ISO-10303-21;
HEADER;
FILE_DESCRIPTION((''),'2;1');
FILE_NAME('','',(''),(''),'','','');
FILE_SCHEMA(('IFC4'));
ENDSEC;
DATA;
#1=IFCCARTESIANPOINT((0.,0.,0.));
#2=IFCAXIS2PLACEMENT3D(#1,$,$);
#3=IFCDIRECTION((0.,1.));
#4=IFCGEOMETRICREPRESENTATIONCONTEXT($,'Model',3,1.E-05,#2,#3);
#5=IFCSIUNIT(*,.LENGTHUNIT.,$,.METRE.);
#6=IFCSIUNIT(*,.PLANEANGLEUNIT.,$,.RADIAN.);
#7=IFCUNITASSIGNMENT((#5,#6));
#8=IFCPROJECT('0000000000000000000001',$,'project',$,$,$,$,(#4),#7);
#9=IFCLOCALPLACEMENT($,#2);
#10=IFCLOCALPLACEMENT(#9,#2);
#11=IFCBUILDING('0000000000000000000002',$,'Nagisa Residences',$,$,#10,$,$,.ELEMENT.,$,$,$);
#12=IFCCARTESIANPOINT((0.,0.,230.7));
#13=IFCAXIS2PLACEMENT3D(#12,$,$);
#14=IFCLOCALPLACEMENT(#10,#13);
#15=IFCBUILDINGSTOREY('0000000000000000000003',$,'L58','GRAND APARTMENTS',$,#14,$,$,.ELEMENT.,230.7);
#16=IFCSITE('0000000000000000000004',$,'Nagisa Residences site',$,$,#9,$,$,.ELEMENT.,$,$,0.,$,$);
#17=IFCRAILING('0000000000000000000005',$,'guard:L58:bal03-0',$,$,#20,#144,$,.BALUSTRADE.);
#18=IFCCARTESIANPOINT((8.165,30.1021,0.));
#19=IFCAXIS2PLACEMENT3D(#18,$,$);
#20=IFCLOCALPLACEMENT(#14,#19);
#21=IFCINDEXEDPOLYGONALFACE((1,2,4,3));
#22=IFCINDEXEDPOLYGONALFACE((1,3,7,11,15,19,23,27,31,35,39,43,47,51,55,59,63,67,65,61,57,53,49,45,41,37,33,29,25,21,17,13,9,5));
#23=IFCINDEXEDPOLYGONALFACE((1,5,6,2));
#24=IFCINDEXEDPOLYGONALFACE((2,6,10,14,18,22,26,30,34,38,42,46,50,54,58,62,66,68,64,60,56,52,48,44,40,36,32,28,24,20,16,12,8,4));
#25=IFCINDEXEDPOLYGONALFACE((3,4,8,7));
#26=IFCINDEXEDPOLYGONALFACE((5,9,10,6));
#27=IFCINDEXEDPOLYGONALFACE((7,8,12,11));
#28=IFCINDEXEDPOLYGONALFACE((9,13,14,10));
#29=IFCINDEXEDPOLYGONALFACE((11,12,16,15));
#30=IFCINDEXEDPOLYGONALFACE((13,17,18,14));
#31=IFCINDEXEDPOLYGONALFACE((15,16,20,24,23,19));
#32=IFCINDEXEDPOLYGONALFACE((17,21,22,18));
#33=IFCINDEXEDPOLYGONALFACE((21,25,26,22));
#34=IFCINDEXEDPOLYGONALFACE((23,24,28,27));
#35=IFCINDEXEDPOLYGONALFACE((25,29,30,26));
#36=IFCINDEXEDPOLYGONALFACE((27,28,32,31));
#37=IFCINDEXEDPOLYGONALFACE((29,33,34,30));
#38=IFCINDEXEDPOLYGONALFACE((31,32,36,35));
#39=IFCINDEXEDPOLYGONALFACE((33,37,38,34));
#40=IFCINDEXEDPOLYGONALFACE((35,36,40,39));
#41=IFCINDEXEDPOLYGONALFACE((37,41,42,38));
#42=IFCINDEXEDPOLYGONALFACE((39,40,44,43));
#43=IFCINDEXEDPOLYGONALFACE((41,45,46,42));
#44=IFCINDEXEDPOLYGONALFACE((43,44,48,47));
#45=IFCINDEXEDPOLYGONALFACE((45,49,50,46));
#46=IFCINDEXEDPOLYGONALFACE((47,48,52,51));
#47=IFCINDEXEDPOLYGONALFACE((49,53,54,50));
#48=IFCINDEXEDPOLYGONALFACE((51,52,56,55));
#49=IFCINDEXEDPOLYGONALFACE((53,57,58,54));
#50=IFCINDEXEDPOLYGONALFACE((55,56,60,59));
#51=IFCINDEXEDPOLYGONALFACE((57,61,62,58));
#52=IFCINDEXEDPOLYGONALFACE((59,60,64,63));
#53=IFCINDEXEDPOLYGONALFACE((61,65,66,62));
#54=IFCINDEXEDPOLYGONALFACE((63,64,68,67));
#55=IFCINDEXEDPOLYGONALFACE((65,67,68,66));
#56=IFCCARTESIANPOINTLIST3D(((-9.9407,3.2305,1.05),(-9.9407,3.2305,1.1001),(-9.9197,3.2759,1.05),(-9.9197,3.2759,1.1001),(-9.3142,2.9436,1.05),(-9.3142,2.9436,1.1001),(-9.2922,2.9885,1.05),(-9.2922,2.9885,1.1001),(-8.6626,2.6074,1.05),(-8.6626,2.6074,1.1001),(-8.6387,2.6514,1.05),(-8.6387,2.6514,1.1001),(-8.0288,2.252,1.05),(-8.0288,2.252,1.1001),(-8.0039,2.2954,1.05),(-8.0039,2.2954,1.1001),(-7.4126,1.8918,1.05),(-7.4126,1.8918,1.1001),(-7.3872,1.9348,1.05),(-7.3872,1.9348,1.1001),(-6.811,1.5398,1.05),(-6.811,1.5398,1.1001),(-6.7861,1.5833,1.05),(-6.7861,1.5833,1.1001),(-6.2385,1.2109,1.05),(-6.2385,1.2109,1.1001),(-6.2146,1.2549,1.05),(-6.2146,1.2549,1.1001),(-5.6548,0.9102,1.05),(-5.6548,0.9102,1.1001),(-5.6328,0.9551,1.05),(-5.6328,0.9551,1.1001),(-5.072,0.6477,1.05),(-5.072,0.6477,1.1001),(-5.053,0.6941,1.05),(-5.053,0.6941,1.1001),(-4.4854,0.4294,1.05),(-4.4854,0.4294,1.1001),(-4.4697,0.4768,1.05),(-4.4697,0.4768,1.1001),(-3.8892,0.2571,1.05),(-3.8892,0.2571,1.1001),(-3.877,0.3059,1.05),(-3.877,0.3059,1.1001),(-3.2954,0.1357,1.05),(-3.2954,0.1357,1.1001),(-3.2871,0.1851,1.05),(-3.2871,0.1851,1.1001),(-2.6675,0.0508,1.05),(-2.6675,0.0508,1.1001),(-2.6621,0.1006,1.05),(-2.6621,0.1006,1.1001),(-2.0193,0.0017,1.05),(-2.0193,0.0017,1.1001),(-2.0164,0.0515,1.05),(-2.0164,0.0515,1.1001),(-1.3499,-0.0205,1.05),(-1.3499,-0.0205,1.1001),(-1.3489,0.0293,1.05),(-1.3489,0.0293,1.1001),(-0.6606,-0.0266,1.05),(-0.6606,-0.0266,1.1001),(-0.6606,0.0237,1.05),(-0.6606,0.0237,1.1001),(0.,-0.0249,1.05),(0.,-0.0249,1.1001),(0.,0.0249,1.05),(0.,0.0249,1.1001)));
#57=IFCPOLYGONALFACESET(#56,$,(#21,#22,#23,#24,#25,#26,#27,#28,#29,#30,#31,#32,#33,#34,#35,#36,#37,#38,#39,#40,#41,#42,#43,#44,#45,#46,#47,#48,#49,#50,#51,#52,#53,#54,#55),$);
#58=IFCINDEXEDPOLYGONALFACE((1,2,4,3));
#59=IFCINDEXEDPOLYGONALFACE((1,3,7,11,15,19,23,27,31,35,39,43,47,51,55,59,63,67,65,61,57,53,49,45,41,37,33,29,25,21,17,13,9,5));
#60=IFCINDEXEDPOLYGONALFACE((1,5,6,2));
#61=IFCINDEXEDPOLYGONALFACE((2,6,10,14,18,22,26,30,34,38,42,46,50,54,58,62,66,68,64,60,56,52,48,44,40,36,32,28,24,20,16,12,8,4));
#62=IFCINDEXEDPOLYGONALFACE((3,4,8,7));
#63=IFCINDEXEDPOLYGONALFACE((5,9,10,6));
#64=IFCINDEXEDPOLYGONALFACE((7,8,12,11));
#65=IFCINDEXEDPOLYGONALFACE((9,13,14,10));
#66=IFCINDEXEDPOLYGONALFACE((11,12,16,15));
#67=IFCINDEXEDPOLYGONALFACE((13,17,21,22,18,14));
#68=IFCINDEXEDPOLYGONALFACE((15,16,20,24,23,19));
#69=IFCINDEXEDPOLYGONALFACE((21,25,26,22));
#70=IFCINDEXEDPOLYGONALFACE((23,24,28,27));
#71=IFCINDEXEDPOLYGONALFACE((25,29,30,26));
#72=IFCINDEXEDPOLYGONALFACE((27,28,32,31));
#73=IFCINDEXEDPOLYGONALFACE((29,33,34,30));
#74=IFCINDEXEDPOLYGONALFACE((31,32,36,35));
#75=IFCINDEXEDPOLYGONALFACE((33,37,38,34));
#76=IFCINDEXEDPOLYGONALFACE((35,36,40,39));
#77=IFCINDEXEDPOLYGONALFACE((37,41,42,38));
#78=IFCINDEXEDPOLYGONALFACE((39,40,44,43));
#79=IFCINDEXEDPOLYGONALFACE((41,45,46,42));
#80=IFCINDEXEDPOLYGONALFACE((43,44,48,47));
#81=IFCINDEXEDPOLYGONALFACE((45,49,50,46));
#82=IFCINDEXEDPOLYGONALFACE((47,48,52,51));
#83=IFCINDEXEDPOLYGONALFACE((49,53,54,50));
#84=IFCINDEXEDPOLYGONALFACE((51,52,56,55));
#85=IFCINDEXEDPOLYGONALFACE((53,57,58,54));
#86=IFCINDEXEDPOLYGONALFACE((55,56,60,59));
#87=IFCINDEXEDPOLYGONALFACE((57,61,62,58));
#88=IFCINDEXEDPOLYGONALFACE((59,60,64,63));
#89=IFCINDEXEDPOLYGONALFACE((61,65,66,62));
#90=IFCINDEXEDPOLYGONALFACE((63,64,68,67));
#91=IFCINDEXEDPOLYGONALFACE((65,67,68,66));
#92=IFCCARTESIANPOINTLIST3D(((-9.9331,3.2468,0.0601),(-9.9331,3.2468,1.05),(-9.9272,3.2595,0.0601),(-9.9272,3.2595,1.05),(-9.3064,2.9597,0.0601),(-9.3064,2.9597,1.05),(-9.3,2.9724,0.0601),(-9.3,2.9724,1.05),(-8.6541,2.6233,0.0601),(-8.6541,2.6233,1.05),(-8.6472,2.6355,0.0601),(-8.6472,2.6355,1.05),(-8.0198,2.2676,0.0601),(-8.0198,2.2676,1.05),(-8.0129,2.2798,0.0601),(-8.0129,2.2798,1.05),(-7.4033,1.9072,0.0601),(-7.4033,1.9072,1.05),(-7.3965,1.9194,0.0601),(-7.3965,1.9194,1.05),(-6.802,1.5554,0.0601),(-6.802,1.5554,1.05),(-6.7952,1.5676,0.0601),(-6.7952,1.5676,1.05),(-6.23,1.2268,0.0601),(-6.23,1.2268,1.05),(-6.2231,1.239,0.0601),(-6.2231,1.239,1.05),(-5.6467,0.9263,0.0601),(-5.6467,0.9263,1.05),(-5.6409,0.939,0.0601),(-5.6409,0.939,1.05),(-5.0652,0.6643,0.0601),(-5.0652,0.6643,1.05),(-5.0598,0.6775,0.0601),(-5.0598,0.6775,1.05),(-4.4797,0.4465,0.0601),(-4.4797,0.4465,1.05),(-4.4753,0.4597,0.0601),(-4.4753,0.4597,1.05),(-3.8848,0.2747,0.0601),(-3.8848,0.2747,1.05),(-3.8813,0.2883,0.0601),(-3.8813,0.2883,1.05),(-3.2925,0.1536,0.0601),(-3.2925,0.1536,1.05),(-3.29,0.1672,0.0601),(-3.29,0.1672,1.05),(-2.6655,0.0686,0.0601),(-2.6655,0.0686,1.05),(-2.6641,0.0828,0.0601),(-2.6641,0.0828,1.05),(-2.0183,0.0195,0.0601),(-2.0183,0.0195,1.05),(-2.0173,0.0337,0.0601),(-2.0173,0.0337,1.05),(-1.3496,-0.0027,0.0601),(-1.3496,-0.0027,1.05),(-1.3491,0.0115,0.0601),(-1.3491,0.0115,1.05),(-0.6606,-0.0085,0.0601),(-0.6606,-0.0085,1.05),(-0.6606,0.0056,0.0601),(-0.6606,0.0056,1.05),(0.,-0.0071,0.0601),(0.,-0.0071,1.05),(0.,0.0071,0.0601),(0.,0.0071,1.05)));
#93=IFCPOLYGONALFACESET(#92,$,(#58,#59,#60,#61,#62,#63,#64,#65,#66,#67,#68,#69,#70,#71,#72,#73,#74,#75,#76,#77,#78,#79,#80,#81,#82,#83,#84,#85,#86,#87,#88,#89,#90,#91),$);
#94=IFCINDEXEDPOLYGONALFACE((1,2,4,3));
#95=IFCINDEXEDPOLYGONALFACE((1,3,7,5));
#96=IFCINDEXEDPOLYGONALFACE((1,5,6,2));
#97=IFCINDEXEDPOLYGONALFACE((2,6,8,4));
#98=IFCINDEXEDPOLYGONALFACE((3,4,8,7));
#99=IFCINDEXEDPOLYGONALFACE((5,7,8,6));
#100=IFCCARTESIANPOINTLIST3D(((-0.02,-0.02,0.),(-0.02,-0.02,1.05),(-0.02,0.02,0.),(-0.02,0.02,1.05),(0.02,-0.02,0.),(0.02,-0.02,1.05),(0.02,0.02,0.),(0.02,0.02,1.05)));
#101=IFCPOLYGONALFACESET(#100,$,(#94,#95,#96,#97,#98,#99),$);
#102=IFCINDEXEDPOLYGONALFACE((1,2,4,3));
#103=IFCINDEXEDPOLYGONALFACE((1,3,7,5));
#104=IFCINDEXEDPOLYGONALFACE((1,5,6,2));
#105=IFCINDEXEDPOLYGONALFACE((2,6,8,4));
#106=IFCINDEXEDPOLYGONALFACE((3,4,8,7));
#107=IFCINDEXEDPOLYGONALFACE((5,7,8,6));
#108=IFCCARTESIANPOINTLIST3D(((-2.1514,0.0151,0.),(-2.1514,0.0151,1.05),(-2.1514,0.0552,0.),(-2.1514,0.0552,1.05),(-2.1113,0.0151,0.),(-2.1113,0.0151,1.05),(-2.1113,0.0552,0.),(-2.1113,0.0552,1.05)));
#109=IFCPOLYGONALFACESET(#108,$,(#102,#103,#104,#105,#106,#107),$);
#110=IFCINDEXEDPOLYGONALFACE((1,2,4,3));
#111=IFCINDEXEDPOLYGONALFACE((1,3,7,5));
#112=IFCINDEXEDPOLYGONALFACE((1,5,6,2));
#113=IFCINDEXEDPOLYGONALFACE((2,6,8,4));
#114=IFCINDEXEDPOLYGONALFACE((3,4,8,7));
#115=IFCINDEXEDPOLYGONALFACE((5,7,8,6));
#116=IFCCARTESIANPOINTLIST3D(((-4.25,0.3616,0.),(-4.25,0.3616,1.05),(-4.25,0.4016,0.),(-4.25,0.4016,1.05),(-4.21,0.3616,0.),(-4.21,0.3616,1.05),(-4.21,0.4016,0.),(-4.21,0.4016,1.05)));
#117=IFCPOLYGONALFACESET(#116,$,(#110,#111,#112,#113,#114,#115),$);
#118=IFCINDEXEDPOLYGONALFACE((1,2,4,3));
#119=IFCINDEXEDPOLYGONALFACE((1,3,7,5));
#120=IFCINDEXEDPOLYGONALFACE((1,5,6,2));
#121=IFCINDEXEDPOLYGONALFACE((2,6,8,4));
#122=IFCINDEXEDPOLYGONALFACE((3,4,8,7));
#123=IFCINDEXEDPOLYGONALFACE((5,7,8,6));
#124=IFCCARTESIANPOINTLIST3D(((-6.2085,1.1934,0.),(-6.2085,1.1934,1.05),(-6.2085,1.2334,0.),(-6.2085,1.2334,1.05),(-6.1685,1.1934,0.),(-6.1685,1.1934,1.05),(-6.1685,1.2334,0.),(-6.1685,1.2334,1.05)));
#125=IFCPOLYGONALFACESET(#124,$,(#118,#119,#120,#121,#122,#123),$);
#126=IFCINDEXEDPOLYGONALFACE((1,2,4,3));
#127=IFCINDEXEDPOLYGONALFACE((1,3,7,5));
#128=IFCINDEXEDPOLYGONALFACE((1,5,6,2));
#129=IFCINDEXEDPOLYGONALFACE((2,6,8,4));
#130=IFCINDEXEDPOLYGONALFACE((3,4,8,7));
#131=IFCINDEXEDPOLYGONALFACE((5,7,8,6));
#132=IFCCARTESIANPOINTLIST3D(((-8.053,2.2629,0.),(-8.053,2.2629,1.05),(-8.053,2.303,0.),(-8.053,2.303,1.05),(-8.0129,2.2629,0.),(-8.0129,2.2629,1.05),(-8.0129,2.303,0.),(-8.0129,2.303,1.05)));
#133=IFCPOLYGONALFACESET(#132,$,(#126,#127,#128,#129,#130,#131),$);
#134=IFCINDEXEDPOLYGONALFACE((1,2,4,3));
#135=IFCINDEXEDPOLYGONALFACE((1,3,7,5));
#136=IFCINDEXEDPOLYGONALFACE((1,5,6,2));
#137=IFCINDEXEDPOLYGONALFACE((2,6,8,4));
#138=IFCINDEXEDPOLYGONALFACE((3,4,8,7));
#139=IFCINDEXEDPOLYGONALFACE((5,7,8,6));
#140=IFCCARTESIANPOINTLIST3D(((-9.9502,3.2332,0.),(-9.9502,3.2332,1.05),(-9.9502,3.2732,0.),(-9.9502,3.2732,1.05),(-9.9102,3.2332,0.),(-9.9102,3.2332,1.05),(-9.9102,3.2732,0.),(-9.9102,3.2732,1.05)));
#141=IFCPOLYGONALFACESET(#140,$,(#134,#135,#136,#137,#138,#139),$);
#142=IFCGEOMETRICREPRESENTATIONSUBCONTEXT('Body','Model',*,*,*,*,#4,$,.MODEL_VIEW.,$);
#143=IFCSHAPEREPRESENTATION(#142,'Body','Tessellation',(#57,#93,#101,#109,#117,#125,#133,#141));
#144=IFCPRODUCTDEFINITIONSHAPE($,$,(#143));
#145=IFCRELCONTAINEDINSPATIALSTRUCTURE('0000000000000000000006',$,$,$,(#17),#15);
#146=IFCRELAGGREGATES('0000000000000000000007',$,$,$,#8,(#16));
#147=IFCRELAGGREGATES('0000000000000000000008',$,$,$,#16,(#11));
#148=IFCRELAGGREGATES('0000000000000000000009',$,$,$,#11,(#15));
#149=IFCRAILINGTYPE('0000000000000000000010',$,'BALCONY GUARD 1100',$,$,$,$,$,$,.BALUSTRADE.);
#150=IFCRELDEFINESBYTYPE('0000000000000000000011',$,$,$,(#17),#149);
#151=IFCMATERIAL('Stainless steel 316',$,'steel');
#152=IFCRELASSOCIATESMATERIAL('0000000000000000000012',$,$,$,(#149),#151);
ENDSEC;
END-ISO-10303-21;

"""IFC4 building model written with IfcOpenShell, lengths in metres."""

from ifc_helpers import new_model, si_unit, direction, frame, origin, origin_2d, place, context, subcontext, project, spatial, polyline, rectangle, outline, extrude, material, type_object, element, save


model = new_model("IFC4")

# Units and contexts
model_context = context("Model", 3, precision=1e-05, world=origin(), true_north=direction((0.0, 1.0)))
body_context = subcontext(model_context, "Body", "Model", "MODEL_VIEW")
ifc_project = project(units=[si_unit("LENGTHUNIT", "METRE"), si_unit("PLANEANGLEUNIT", "RADIAN")], contexts=[model_context])

# Site, building, storey
site_placement = place(None, origin())
site = spatial("IfcSite", under=ifc_project, at=site_placement, Name="Nagisa Residences site", CompositionType="ELEMENT", RefElevation=0.0)
building_placement = place(site_placement, origin())
building = spatial("IfcBuilding", under=site, at=building_placement, Name="Nagisa Residences", CompositionType="ELEMENT")
storey_placement = place(building_placement, frame((0.0, 0.0, 230.7)))
storey = spatial("IfcBuildingStorey", under=building, at=storey_placement, Name="L58", Description="GRAND APARTMENTS", CompositionType="ELEMENT", Elevation=230.7)

# Railing
ifc_material_1 = material(Name="Stainless steel 316", Category="steel")
railing_type = type_object("IfcRailingType", Name="BALCONY GUARD 1100", PredefinedType="BALUSTRADE", material=ifc_material_1)
railing_placement = place(storey_placement, frame((8.165, 30.1021, 0.0)))
element("IfcRailing", 1, at=railing_placement, inside=storey, type_object=railing_type, Name="guard:L58:bal03-0", PredefinedType="BALUSTRADE", context=body_context, shape_type="SweptSolid", body=[
    extrude(outline(polyline([(-0.6606, -0.0266), (0.0, -0.0249), (0.0, 0.0249), (-0.6606, 0.0237), (-1.3489, 0.0293), (-2.0164, 0.0515), (-2.6621, 0.1006), (-3.2871, 0.1851), (-3.877, 0.3059), (-4.4697, 0.4768), (-5.053, 0.6941), (-5.6328, 0.9551), (-6.2146, 1.2549), (-6.7861, 1.5833), (-7.3872, 1.9348), (-8.0039, 2.2954), (-8.6387, 2.6514), (-9.2922, 2.9885), (-9.9197, 3.2759), (-9.9407, 3.2305), (-9.3142, 2.9436), (-8.6626, 2.6074), (-8.0288, 2.252), (-7.4126, 1.8918), (-6.811, 1.5398), (-6.2385, 1.2109), (-5.6548, 0.9102), (-5.072, 0.6477), (-4.4854, 0.4294), (-3.8892, 0.2571), (-3.2954, 0.1357), (-2.6675, 0.0508), (-2.0193, 0.0017), (-1.3499, -0.0205), (-0.6606, -0.0266)])), frame((0.0, 0.0, 1.05)), (0.0, 0.0, 1.0), 0.05),
    extrude(outline(polyline([(-0.6606, -0.0085), (0.0, -0.0071), (0.0, 0.0071), (-0.6606, 0.0056), (-1.3491, 0.0115), (-2.0173, 0.0337), (-2.6641, 0.0828), (-3.29, 0.1672), (-3.8813, 0.2883), (-4.4753, 0.4597), (-5.0598, 0.6775), (-5.6409, 0.939), (-6.2231, 1.239), (-6.7952, 1.5676), (-7.3965, 1.9194), (-8.0129, 2.2798), (-8.6472, 2.6355), (-9.3, 2.9724), (-9.9272, 3.2595), (-9.9331, 3.2468), (-9.3064, 2.9597), (-8.6541, 2.6233), (-8.0198, 2.2676), (-7.4033, 1.9072), (-6.802, 1.5554), (-6.23, 1.2268), (-5.6467, 0.9263), (-5.0652, 0.6643), (-4.4797, 0.4465), (-3.8848, 0.2747), (-3.2925, 0.1536), (-2.6655, 0.0686), (-2.0183, 0.0195), (-1.3496, -0.0027), (-0.6606, -0.0085)])), frame((0.0, 0.0, 0.0601)), (0.0, 0.0, 1.0), 0.99),
    extrude(rectangle(XDim=0.04, YDim=0.04, at=origin_2d()), origin(), (0.0, 0.0, 1.0), 1.05),
    extrude(rectangle(XDim=0.04, YDim=0.04, at=origin_2d()), frame((-2.1313, 0.0352, 0.0)), (0.0, 0.0, 1.0), 1.05),
    extrude(rectangle(XDim=0.04, YDim=0.04, at=origin_2d()), frame((-4.23, 0.3816, 0.0)), (0.0, 0.0, 1.0), 1.05),
    extrude(rectangle(XDim=0.04, YDim=0.04, at=origin_2d()), frame((-6.1885, 1.2134, 0.0)), (0.0, 0.0, 1.0), 1.05),
    extrude(rectangle(XDim=0.04, YDim=0.04, at=origin_2d()), frame((-8.033, 2.283, 0.0)), (0.0, 0.0, 1.0), 1.05),
    extrude(rectangle(XDim=0.04, YDim=0.04, at=origin_2d()), frame((-9.9302, 3.2532, 0.0)), (0.0, 0.0, 1.0), 1.05),
])

save(model, "model.ifc")
